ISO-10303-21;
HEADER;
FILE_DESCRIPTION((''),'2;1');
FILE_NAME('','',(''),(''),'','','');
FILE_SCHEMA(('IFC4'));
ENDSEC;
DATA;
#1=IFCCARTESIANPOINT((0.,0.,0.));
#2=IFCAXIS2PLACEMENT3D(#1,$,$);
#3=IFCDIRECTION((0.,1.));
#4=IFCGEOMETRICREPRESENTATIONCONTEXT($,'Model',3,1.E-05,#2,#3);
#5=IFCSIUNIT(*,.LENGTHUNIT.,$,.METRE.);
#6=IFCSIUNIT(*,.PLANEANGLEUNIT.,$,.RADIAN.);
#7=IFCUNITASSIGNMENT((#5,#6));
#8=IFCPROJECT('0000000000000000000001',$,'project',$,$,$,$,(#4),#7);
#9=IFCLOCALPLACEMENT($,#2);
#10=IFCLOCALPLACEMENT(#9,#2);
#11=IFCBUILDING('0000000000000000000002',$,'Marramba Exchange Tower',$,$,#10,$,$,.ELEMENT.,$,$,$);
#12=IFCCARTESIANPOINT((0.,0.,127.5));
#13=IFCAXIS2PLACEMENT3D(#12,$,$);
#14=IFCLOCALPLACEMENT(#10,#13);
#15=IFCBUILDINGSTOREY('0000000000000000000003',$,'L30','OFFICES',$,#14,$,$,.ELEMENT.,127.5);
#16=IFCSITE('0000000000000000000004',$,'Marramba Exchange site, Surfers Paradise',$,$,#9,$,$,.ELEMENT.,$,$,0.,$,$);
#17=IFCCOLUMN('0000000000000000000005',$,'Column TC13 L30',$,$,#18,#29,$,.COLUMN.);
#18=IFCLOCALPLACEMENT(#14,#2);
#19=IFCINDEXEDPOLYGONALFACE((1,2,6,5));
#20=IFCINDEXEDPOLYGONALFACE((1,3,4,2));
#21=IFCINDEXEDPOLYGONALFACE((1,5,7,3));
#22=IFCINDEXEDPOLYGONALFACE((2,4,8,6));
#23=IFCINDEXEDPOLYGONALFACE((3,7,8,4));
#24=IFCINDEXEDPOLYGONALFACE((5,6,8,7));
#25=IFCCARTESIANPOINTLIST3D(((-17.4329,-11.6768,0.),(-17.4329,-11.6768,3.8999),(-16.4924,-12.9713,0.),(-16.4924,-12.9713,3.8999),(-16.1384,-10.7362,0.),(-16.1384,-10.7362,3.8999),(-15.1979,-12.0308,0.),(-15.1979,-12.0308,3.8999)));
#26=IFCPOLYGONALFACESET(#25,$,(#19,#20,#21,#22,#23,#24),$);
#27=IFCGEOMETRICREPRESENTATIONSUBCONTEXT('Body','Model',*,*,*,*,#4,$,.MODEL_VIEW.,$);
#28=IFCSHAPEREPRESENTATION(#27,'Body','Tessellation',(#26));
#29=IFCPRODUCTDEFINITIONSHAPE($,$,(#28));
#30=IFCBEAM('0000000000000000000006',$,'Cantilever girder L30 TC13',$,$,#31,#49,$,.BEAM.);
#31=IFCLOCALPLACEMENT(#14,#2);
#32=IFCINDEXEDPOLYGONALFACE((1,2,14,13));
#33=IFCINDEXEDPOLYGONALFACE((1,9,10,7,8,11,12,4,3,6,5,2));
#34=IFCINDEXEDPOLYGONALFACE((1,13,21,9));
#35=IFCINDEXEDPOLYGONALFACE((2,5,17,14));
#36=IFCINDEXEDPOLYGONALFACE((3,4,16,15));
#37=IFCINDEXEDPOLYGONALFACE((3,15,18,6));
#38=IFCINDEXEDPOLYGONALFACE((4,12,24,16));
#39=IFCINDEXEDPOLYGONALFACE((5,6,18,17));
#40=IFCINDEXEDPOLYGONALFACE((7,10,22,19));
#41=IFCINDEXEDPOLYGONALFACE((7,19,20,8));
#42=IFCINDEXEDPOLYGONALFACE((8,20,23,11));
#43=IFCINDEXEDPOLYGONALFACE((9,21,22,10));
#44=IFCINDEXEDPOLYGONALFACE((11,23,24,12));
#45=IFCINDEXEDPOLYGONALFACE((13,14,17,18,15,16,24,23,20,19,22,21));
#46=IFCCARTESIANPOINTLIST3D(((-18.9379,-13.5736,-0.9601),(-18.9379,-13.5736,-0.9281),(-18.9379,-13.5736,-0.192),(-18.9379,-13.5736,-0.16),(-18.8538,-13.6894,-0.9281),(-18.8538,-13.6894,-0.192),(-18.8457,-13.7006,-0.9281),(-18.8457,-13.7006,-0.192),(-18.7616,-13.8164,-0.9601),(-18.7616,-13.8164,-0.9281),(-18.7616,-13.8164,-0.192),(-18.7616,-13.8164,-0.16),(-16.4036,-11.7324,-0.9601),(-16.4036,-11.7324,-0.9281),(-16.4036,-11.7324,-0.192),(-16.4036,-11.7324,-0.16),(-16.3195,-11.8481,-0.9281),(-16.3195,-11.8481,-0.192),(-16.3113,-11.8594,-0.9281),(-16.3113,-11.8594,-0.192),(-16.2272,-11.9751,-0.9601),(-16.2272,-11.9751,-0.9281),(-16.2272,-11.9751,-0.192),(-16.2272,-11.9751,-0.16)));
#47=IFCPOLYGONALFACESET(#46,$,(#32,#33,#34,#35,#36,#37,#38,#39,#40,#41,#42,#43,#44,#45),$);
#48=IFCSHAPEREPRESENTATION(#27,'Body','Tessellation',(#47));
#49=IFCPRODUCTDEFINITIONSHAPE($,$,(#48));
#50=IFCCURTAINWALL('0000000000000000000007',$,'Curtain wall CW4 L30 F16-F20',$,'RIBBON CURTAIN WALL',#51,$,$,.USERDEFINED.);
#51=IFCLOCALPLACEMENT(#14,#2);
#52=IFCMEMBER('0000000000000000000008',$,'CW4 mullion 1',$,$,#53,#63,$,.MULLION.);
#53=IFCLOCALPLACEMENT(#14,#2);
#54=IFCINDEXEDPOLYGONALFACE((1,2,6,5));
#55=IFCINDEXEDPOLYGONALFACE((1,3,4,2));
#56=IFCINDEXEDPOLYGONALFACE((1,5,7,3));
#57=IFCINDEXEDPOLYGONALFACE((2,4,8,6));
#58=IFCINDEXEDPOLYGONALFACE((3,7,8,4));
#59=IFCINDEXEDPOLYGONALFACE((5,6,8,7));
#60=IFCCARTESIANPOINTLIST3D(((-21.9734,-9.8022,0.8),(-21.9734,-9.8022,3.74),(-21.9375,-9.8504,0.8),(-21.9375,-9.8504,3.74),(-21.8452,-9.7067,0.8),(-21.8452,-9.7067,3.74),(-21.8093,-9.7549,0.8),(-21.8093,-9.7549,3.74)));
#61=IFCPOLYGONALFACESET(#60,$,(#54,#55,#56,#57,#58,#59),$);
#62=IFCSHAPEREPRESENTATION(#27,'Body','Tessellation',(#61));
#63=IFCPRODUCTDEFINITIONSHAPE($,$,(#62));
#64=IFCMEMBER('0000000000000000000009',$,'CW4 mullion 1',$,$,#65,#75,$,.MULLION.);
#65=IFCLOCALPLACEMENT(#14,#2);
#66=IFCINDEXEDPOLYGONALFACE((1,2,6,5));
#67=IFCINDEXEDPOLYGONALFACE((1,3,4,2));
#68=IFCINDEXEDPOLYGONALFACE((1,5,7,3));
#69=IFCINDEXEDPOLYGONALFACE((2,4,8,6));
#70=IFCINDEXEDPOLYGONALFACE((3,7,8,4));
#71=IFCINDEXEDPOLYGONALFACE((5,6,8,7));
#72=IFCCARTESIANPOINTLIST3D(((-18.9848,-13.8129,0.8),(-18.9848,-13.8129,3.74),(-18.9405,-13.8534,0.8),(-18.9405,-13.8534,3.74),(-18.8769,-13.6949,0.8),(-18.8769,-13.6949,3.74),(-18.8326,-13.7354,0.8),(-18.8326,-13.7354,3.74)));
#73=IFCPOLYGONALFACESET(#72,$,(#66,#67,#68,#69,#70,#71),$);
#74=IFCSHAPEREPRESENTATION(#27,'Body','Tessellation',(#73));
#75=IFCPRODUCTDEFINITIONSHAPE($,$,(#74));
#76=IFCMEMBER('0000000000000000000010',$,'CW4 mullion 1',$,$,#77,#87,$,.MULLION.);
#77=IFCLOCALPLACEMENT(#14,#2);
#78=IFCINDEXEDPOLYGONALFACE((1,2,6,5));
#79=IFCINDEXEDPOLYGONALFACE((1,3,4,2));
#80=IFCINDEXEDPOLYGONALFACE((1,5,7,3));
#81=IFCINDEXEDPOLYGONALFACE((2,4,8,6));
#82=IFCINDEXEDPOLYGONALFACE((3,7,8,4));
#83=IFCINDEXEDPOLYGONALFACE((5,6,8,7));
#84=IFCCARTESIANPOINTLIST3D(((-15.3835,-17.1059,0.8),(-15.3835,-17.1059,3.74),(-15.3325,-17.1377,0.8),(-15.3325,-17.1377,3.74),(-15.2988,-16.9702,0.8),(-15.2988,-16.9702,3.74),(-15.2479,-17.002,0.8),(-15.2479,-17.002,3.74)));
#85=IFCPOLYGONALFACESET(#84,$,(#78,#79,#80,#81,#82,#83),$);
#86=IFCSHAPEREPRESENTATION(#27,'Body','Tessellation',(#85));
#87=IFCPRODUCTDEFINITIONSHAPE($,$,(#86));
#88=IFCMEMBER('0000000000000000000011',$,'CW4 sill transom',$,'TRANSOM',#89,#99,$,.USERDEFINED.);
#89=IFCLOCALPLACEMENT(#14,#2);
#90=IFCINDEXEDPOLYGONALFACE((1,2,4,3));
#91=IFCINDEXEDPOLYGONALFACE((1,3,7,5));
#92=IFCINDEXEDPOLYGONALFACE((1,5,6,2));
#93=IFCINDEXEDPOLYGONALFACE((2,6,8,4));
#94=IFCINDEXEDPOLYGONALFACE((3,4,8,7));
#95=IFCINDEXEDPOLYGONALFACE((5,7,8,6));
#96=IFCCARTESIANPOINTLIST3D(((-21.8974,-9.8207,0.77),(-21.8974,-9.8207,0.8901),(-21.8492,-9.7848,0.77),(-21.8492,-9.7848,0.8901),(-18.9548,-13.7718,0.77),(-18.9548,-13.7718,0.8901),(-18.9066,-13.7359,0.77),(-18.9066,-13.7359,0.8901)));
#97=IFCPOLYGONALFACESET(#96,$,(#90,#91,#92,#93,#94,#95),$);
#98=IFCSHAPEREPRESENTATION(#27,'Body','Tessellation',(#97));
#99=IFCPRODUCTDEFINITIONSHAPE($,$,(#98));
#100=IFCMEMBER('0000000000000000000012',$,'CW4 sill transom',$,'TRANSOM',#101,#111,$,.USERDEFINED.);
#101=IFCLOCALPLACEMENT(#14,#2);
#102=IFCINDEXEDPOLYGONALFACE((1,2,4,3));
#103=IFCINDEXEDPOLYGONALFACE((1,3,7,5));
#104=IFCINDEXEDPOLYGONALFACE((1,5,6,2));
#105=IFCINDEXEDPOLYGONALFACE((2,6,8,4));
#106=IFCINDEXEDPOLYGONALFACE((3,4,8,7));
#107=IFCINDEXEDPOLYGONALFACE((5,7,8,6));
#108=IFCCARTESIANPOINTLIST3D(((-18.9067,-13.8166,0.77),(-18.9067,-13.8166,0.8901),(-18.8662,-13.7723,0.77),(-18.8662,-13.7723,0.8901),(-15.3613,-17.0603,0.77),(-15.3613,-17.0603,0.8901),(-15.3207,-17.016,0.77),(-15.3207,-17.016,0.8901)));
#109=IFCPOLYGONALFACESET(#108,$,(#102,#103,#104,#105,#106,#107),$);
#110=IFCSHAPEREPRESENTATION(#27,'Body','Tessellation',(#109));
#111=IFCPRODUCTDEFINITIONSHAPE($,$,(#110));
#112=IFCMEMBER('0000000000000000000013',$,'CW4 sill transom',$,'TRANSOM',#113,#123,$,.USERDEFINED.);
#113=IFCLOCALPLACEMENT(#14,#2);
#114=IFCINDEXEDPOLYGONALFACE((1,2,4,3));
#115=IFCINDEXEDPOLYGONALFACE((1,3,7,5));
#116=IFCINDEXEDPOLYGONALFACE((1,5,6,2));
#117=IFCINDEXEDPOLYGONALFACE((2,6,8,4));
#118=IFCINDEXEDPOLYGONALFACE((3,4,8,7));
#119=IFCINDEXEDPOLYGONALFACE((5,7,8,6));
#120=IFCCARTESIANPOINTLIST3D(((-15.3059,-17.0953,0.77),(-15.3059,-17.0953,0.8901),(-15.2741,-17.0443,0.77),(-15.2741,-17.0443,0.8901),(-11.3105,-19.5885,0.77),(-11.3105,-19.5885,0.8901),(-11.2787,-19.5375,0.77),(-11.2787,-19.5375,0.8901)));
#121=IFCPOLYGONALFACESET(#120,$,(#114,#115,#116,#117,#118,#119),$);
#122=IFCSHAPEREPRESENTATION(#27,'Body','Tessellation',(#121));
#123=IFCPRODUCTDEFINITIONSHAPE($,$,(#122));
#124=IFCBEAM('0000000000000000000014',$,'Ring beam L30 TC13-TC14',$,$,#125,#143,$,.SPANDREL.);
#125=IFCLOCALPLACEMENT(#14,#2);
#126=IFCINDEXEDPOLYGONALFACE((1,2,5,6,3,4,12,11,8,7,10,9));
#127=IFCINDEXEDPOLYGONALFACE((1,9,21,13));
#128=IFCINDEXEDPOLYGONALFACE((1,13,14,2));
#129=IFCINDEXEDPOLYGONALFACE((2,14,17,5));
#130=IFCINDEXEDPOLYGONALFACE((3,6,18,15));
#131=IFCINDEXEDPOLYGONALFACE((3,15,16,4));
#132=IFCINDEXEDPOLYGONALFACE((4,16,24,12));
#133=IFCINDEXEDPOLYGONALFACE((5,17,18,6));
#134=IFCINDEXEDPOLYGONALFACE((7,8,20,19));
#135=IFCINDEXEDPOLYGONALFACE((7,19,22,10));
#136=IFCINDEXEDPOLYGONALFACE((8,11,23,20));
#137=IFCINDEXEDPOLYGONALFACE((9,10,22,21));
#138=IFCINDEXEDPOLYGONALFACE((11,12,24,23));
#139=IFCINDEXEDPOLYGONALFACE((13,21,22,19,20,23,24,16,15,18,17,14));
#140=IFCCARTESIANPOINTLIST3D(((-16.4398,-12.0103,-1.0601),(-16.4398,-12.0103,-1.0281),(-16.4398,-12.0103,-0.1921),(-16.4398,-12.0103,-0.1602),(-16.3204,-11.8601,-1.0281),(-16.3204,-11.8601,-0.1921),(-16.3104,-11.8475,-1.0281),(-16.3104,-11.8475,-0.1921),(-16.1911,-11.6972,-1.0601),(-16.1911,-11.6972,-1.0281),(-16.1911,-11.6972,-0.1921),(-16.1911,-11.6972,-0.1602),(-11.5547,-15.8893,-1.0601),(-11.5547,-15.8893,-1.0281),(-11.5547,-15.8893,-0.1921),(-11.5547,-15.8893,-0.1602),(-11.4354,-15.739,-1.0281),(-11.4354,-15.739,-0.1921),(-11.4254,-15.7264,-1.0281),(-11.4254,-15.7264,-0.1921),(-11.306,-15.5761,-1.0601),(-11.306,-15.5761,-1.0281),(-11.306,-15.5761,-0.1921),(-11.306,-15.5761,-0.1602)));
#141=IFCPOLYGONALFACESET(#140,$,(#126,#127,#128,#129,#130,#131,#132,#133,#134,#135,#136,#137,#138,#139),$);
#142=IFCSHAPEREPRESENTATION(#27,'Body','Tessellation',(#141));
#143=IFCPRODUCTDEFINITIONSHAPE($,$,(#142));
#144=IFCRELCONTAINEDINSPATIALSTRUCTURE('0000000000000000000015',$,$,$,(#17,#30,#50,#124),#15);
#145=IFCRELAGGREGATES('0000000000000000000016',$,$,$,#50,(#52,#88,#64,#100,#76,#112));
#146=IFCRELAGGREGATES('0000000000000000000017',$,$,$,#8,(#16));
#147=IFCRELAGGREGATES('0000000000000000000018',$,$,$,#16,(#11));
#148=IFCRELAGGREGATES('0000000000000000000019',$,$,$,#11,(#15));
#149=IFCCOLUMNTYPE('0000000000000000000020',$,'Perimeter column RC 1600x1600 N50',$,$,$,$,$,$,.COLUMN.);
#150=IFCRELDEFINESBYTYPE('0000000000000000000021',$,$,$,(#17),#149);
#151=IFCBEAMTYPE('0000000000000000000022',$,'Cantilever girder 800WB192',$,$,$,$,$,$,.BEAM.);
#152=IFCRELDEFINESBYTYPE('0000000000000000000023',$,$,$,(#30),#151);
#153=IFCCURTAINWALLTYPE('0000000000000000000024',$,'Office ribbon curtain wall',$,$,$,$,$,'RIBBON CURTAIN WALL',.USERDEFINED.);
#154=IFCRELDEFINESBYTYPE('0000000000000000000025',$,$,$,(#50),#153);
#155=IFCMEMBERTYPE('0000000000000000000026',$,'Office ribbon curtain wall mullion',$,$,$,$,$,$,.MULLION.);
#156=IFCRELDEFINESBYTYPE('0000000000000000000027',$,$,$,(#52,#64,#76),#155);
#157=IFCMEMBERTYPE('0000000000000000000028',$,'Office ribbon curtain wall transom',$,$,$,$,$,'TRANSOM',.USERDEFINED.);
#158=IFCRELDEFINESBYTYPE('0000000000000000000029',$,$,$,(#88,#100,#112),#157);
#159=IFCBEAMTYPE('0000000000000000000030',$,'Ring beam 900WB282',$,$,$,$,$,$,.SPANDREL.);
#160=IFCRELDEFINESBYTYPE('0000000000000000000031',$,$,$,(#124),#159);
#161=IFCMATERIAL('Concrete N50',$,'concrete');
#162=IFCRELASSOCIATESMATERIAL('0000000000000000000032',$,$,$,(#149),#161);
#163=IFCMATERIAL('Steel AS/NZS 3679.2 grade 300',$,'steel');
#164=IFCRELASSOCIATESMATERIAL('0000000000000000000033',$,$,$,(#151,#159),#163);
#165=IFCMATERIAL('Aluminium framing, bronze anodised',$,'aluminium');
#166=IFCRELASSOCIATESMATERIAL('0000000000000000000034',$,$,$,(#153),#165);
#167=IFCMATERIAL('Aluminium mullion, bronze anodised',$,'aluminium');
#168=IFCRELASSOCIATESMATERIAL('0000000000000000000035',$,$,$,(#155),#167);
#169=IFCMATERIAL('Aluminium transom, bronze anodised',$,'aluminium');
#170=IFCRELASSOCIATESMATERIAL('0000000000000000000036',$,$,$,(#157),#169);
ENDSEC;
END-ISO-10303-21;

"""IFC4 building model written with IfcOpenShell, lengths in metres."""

from ifc_helpers import new_model, si_unit, direction, frame, origin, origin_2d, place, context, subcontext, project, spatial, rectangle, i_section, extrude, material, material_profile, profile_set, type_object, element, aggregate, save


model = new_model("IFC4")

# Units and contexts
model_context = context("Model", 3, precision=1e-05, world=origin(), true_north=direction((0.0, 1.0)))
body_context = subcontext(model_context, "Body", "Model", "MODEL_VIEW")
ifc_project = project(units=[si_unit("LENGTHUNIT", "METRE"), si_unit("PLANEANGLEUNIT", "RADIAN")], contexts=[model_context])

# Site, building, storey
site_placement = place(None, origin())
site = spatial("IfcSite", under=ifc_project, at=site_placement, Name="Marramba Exchange site, Surfers Paradise", CompositionType="ELEMENT", RefElevation=0.0)
building_placement = place(site_placement, origin())
building = spatial("IfcBuilding", under=site, at=building_placement, Name="Marramba Exchange Tower", CompositionType="ELEMENT")
storey_placement = place(building_placement, frame((0.0, 0.0, 127.5)))
storey = spatial("IfcBuildingStorey", under=building, at=storey_placement, Name="L30", Description="OFFICES", CompositionType="ELEMENT", Elevation=127.5)

# Column
ifc_material_1 = material(Name="Concrete N50", Category="concrete")
ifc_material_profile_1 = material_profile(ifc_material_1, rectangle(XDim=1.6001, YDim=1.6001, at=origin_2d()), Name="RC 1600x1600")
ifc_profile_set_1 = profile_set([ifc_material_profile_1], Name="Concrete N50")
column_type = type_object("IfcColumnType", Name="Perimeter column RC 1600x1600 N50", PredefinedType="COLUMN", material=ifc_profile_set_1)
column_placement = place(storey_placement, frame((-16.3154, -11.8538, 0.0), z_axis=(0.0, 0.0, 1.0), x_axis=(-0.809017, -0.587785, 0.0)))
element("IfcColumn", 1, at=column_placement, inside=storey, type_object=column_type, Name="Column TC13 L30", PredefinedType="COLUMN", context=body_context, shape_type="SweptSolid", body=[
    extrude(rectangle(XDim=1.6001, YDim=1.6001, at=origin_2d()), origin(), (0.0, 0.0, 1.0), 3.8999),
])

# Beam
ifc_material_2 = material(Name="Steel AS/NZS 3679.2 grade 300", Category="steel")
ifc_material_profile_2 = material_profile(ifc_material_2, i_section(OverallWidth=0.3, OverallDepth=0.8, WebThickness=0.0139, FlangeThickness=0.032, at=origin_2d()), Name="800WB192")
ifc_profile_set_2 = profile_set([ifc_material_profile_2], Name="Steel AS/NZS 3679.2 grade 300")
beam_type_1 = type_object("IfcBeamType", Name="Cantilever girder 800WB192", PredefinedType="BEAM", material=ifc_profile_set_2)
beam_1_placement = place(storey_placement, frame((-16.3154, -11.8538, -0.5601), z_axis=(-0.809026, -0.587773, 0.0), x_axis=(0.587773, -0.809026, 0.0)))
element("IfcBeam", 2, at=beam_1_placement, inside=storey, type_object=beam_type_1, Name="Cantilever girder L30 TC13", PredefinedType="BEAM", context=body_context, shape_type="SweptSolid", body=[
    extrude(i_section(OverallWidth=0.3, OverallDepth=0.8, WebThickness=0.0139, FlangeThickness=0.032, at=origin_2d()), origin(), (0.0, 0.0, 1.0), 3.1326),
])

# Curtain wall, members
ifc_material_3 = material(Name="Aluminium framing, bronze anodised", Category="aluminium")
curtain_wall_type = type_object("IfcCurtainWallType", Name="Office ribbon curtain wall", ElementType="RIBBON CURTAIN WALL", PredefinedType="USERDEFINED", material=ifc_material_3)
curtain_wall_placement = place(storey_placement, origin())
curtain_wall = element("IfcCurtainWall", 3, at=curtain_wall_placement, inside=storey, type_object=curtain_wall_type, Name="Curtain wall CW4 L30 F16-F20", ObjectType="RIBBON CURTAIN WALL", PredefinedType="USERDEFINED")
ifc_material_4 = material(Name="Aluminium mullion, bronze anodised", Category="aluminium")
ifc_material_profile_3 = material_profile(ifc_material_4, rectangle(XDim=0.1599, YDim=0.0601, at=origin_2d()), Name="CW4 mullion 60x160")
ifc_profile_set_3 = profile_set([ifc_material_profile_3], Name="Aluminium mullion, bronze anodised")
member_type_1 = type_object("IfcMemberType", Name="Office ribbon curtain wall mullion", PredefinedType="MULLION", material=ifc_profile_set_3)
member_1_placement = place(storey_placement, frame((-21.8914, -9.7786, 0.8), z_axis=(0.0, 0.0, 1.0), x_axis=(0.802014, 0.597305, 0.0)))
member_1 = element("IfcMember", 4, at=member_1_placement, type_object=member_type_1, Name="CW4 mullion 1", PredefinedType="MULLION", context=body_context, shape_type="SweptSolid", body=[
    extrude(rectangle(XDim=0.1599, YDim=0.0601, at=origin_2d()), origin(), (0.0, 0.0, 1.0), 2.9399),
])
member_2_placement = place(storey_placement, frame((-18.9087, -13.7742, 0.8), z_axis=(0.0, 0.0, 1.0), x_axis=(0.674995, 0.737822, 0.0)))
member_2 = element("IfcMember", 5, at=member_2_placement, type_object=member_type_1, Name="CW4 mullion 1", PredefinedType="MULLION", context=body_context, shape_type="SweptSolid", body=[
    extrude(rectangle(XDim=0.1599, YDim=0.0601, at=origin_2d()), origin(), (0.0, 0.0, 1.0), 2.9399),
])
member_3_placement = place(storey_placement, frame((-15.3157, -17.054, 0.8), z_axis=(0.0, 0.0, 1.0), x_axis=(0.529428, 0.848355, 0.0)))
member_3 = element("IfcMember", 6, at=member_3_placement, type_object=member_type_1, Name="CW4 mullion 1", PredefinedType="MULLION", context=body_context, shape_type="SweptSolid", body=[
    extrude(rectangle(XDim=0.1599, YDim=0.0601, at=origin_2d()), origin(), (0.0, 0.0, 1.0), 2.9399),
])
ifc_material_5 = material(Name="Aluminium transom, bronze anodised", Category="aluminium")
ifc_material_profile_4 = material_profile(ifc_material_5, rectangle(XDim=0.0601, YDim=0.1201, at=origin_2d()), Name="CW4 transom 60x120")
ifc_profile_set_4 = profile_set([ifc_material_profile_4], Name="Aluminium transom, bronze anodised")
member_type_2 = type_object("IfcMemberType", Name="Office ribbon curtain wall transom", ElementType="TRANSOM", PredefinedType="USERDEFINED", material=ifc_profile_set_4)
member_4_placement = place(storey_placement, frame((-21.8733, -9.8027, 0.8301), z_axis=(0.597301, -0.802017, 0.0), x_axis=(0.802017, 0.597301, 0.0)))
member_4 = element("IfcMember", 7, at=member_4_placement, type_object=member_type_2, Name="CW4 sill transom", ObjectType="TRANSOM", PredefinedType="USERDEFINED", context=body_context, shape_type="SweptSolid", body=[
    extrude(rectangle(XDim=0.0601, YDim=0.1201, at=origin_2d()), origin(), (0.0, 0.0, 1.0), 4.9265),
])
member_5_placement = place(storey_placement, frame((-18.8865, -13.7944, 0.8301), z_axis=(0.737808, -0.675011, 0.0), x_axis=(0.675011, 0.737808, 0.0)))
member_5 = element("IfcMember", 8, at=member_5_placement, type_object=member_type_2, Name="CW4 sill transom", ObjectType="TRANSOM", PredefinedType="USERDEFINED", context=body_context, shape_type="SweptSolid", body=[
    extrude(rectangle(XDim=0.0601, YDim=0.1201, at=origin_2d()), origin(), (0.0, 0.0, 1.0), 4.8054),
])
member_6_placement = place(storey_placement, frame((-15.29, -17.0698, 0.8301), z_axis=(0.848374, -0.529398, 0.0), x_axis=(0.529398, 0.848374, 0.0)))
member_6 = element("IfcMember", 9, at=member_6_placement, type_object=member_type_2, Name="CW4 sill transom", ObjectType="TRANSOM", PredefinedType="USERDEFINED", context=body_context, shape_type="SweptSolid", body=[
    extrude(rectangle(XDim=0.0601, YDim=0.1201, at=origin_2d()), origin(), (0.0, 0.0, 1.0), 4.7095),
])

# Beam
ifc_material_profile_5 = material_profile(ifc_material_2, i_section(OverallWidth=0.3999, OverallDepth=0.8999, WebThickness=0.0161, FlangeThickness=0.032, at=origin_2d()), Name="900WB282")
ifc_profile_set_5 = profile_set([ifc_material_profile_5], Name="Steel AS/NZS 3679.2 grade 300")
beam_type_2 = type_object("IfcBeamType", Name="Ring beam 900WB282", PredefinedType="SPANDREL", material=ifc_profile_set_5)
beam_2_placement = place(storey_placement, frame((-16.3154, -11.8538, -0.6101), z_axis=(0.783139, -0.621846, 0.0), x_axis=(0.621846, 0.783139, 0.0)))
element("IfcBeam", 10, at=beam_2_placement, inside=storey, type_object=beam_type_2, Name="Ring beam L30 TC13-TC14", PredefinedType="SPANDREL", context=body_context, shape_type="SweptSolid", body=[
    extrude(i_section(OverallWidth=0.3999, OverallDepth=0.8999, WebThickness=0.0161, FlangeThickness=0.032, at=origin_2d()), origin(), (0.0, 0.0, 1.0), 6.2378),
])

aggregate(curtain_wall, [member_1, member_4, member_2, member_5, member_3, member_6])

save(model, "model.ifc")
